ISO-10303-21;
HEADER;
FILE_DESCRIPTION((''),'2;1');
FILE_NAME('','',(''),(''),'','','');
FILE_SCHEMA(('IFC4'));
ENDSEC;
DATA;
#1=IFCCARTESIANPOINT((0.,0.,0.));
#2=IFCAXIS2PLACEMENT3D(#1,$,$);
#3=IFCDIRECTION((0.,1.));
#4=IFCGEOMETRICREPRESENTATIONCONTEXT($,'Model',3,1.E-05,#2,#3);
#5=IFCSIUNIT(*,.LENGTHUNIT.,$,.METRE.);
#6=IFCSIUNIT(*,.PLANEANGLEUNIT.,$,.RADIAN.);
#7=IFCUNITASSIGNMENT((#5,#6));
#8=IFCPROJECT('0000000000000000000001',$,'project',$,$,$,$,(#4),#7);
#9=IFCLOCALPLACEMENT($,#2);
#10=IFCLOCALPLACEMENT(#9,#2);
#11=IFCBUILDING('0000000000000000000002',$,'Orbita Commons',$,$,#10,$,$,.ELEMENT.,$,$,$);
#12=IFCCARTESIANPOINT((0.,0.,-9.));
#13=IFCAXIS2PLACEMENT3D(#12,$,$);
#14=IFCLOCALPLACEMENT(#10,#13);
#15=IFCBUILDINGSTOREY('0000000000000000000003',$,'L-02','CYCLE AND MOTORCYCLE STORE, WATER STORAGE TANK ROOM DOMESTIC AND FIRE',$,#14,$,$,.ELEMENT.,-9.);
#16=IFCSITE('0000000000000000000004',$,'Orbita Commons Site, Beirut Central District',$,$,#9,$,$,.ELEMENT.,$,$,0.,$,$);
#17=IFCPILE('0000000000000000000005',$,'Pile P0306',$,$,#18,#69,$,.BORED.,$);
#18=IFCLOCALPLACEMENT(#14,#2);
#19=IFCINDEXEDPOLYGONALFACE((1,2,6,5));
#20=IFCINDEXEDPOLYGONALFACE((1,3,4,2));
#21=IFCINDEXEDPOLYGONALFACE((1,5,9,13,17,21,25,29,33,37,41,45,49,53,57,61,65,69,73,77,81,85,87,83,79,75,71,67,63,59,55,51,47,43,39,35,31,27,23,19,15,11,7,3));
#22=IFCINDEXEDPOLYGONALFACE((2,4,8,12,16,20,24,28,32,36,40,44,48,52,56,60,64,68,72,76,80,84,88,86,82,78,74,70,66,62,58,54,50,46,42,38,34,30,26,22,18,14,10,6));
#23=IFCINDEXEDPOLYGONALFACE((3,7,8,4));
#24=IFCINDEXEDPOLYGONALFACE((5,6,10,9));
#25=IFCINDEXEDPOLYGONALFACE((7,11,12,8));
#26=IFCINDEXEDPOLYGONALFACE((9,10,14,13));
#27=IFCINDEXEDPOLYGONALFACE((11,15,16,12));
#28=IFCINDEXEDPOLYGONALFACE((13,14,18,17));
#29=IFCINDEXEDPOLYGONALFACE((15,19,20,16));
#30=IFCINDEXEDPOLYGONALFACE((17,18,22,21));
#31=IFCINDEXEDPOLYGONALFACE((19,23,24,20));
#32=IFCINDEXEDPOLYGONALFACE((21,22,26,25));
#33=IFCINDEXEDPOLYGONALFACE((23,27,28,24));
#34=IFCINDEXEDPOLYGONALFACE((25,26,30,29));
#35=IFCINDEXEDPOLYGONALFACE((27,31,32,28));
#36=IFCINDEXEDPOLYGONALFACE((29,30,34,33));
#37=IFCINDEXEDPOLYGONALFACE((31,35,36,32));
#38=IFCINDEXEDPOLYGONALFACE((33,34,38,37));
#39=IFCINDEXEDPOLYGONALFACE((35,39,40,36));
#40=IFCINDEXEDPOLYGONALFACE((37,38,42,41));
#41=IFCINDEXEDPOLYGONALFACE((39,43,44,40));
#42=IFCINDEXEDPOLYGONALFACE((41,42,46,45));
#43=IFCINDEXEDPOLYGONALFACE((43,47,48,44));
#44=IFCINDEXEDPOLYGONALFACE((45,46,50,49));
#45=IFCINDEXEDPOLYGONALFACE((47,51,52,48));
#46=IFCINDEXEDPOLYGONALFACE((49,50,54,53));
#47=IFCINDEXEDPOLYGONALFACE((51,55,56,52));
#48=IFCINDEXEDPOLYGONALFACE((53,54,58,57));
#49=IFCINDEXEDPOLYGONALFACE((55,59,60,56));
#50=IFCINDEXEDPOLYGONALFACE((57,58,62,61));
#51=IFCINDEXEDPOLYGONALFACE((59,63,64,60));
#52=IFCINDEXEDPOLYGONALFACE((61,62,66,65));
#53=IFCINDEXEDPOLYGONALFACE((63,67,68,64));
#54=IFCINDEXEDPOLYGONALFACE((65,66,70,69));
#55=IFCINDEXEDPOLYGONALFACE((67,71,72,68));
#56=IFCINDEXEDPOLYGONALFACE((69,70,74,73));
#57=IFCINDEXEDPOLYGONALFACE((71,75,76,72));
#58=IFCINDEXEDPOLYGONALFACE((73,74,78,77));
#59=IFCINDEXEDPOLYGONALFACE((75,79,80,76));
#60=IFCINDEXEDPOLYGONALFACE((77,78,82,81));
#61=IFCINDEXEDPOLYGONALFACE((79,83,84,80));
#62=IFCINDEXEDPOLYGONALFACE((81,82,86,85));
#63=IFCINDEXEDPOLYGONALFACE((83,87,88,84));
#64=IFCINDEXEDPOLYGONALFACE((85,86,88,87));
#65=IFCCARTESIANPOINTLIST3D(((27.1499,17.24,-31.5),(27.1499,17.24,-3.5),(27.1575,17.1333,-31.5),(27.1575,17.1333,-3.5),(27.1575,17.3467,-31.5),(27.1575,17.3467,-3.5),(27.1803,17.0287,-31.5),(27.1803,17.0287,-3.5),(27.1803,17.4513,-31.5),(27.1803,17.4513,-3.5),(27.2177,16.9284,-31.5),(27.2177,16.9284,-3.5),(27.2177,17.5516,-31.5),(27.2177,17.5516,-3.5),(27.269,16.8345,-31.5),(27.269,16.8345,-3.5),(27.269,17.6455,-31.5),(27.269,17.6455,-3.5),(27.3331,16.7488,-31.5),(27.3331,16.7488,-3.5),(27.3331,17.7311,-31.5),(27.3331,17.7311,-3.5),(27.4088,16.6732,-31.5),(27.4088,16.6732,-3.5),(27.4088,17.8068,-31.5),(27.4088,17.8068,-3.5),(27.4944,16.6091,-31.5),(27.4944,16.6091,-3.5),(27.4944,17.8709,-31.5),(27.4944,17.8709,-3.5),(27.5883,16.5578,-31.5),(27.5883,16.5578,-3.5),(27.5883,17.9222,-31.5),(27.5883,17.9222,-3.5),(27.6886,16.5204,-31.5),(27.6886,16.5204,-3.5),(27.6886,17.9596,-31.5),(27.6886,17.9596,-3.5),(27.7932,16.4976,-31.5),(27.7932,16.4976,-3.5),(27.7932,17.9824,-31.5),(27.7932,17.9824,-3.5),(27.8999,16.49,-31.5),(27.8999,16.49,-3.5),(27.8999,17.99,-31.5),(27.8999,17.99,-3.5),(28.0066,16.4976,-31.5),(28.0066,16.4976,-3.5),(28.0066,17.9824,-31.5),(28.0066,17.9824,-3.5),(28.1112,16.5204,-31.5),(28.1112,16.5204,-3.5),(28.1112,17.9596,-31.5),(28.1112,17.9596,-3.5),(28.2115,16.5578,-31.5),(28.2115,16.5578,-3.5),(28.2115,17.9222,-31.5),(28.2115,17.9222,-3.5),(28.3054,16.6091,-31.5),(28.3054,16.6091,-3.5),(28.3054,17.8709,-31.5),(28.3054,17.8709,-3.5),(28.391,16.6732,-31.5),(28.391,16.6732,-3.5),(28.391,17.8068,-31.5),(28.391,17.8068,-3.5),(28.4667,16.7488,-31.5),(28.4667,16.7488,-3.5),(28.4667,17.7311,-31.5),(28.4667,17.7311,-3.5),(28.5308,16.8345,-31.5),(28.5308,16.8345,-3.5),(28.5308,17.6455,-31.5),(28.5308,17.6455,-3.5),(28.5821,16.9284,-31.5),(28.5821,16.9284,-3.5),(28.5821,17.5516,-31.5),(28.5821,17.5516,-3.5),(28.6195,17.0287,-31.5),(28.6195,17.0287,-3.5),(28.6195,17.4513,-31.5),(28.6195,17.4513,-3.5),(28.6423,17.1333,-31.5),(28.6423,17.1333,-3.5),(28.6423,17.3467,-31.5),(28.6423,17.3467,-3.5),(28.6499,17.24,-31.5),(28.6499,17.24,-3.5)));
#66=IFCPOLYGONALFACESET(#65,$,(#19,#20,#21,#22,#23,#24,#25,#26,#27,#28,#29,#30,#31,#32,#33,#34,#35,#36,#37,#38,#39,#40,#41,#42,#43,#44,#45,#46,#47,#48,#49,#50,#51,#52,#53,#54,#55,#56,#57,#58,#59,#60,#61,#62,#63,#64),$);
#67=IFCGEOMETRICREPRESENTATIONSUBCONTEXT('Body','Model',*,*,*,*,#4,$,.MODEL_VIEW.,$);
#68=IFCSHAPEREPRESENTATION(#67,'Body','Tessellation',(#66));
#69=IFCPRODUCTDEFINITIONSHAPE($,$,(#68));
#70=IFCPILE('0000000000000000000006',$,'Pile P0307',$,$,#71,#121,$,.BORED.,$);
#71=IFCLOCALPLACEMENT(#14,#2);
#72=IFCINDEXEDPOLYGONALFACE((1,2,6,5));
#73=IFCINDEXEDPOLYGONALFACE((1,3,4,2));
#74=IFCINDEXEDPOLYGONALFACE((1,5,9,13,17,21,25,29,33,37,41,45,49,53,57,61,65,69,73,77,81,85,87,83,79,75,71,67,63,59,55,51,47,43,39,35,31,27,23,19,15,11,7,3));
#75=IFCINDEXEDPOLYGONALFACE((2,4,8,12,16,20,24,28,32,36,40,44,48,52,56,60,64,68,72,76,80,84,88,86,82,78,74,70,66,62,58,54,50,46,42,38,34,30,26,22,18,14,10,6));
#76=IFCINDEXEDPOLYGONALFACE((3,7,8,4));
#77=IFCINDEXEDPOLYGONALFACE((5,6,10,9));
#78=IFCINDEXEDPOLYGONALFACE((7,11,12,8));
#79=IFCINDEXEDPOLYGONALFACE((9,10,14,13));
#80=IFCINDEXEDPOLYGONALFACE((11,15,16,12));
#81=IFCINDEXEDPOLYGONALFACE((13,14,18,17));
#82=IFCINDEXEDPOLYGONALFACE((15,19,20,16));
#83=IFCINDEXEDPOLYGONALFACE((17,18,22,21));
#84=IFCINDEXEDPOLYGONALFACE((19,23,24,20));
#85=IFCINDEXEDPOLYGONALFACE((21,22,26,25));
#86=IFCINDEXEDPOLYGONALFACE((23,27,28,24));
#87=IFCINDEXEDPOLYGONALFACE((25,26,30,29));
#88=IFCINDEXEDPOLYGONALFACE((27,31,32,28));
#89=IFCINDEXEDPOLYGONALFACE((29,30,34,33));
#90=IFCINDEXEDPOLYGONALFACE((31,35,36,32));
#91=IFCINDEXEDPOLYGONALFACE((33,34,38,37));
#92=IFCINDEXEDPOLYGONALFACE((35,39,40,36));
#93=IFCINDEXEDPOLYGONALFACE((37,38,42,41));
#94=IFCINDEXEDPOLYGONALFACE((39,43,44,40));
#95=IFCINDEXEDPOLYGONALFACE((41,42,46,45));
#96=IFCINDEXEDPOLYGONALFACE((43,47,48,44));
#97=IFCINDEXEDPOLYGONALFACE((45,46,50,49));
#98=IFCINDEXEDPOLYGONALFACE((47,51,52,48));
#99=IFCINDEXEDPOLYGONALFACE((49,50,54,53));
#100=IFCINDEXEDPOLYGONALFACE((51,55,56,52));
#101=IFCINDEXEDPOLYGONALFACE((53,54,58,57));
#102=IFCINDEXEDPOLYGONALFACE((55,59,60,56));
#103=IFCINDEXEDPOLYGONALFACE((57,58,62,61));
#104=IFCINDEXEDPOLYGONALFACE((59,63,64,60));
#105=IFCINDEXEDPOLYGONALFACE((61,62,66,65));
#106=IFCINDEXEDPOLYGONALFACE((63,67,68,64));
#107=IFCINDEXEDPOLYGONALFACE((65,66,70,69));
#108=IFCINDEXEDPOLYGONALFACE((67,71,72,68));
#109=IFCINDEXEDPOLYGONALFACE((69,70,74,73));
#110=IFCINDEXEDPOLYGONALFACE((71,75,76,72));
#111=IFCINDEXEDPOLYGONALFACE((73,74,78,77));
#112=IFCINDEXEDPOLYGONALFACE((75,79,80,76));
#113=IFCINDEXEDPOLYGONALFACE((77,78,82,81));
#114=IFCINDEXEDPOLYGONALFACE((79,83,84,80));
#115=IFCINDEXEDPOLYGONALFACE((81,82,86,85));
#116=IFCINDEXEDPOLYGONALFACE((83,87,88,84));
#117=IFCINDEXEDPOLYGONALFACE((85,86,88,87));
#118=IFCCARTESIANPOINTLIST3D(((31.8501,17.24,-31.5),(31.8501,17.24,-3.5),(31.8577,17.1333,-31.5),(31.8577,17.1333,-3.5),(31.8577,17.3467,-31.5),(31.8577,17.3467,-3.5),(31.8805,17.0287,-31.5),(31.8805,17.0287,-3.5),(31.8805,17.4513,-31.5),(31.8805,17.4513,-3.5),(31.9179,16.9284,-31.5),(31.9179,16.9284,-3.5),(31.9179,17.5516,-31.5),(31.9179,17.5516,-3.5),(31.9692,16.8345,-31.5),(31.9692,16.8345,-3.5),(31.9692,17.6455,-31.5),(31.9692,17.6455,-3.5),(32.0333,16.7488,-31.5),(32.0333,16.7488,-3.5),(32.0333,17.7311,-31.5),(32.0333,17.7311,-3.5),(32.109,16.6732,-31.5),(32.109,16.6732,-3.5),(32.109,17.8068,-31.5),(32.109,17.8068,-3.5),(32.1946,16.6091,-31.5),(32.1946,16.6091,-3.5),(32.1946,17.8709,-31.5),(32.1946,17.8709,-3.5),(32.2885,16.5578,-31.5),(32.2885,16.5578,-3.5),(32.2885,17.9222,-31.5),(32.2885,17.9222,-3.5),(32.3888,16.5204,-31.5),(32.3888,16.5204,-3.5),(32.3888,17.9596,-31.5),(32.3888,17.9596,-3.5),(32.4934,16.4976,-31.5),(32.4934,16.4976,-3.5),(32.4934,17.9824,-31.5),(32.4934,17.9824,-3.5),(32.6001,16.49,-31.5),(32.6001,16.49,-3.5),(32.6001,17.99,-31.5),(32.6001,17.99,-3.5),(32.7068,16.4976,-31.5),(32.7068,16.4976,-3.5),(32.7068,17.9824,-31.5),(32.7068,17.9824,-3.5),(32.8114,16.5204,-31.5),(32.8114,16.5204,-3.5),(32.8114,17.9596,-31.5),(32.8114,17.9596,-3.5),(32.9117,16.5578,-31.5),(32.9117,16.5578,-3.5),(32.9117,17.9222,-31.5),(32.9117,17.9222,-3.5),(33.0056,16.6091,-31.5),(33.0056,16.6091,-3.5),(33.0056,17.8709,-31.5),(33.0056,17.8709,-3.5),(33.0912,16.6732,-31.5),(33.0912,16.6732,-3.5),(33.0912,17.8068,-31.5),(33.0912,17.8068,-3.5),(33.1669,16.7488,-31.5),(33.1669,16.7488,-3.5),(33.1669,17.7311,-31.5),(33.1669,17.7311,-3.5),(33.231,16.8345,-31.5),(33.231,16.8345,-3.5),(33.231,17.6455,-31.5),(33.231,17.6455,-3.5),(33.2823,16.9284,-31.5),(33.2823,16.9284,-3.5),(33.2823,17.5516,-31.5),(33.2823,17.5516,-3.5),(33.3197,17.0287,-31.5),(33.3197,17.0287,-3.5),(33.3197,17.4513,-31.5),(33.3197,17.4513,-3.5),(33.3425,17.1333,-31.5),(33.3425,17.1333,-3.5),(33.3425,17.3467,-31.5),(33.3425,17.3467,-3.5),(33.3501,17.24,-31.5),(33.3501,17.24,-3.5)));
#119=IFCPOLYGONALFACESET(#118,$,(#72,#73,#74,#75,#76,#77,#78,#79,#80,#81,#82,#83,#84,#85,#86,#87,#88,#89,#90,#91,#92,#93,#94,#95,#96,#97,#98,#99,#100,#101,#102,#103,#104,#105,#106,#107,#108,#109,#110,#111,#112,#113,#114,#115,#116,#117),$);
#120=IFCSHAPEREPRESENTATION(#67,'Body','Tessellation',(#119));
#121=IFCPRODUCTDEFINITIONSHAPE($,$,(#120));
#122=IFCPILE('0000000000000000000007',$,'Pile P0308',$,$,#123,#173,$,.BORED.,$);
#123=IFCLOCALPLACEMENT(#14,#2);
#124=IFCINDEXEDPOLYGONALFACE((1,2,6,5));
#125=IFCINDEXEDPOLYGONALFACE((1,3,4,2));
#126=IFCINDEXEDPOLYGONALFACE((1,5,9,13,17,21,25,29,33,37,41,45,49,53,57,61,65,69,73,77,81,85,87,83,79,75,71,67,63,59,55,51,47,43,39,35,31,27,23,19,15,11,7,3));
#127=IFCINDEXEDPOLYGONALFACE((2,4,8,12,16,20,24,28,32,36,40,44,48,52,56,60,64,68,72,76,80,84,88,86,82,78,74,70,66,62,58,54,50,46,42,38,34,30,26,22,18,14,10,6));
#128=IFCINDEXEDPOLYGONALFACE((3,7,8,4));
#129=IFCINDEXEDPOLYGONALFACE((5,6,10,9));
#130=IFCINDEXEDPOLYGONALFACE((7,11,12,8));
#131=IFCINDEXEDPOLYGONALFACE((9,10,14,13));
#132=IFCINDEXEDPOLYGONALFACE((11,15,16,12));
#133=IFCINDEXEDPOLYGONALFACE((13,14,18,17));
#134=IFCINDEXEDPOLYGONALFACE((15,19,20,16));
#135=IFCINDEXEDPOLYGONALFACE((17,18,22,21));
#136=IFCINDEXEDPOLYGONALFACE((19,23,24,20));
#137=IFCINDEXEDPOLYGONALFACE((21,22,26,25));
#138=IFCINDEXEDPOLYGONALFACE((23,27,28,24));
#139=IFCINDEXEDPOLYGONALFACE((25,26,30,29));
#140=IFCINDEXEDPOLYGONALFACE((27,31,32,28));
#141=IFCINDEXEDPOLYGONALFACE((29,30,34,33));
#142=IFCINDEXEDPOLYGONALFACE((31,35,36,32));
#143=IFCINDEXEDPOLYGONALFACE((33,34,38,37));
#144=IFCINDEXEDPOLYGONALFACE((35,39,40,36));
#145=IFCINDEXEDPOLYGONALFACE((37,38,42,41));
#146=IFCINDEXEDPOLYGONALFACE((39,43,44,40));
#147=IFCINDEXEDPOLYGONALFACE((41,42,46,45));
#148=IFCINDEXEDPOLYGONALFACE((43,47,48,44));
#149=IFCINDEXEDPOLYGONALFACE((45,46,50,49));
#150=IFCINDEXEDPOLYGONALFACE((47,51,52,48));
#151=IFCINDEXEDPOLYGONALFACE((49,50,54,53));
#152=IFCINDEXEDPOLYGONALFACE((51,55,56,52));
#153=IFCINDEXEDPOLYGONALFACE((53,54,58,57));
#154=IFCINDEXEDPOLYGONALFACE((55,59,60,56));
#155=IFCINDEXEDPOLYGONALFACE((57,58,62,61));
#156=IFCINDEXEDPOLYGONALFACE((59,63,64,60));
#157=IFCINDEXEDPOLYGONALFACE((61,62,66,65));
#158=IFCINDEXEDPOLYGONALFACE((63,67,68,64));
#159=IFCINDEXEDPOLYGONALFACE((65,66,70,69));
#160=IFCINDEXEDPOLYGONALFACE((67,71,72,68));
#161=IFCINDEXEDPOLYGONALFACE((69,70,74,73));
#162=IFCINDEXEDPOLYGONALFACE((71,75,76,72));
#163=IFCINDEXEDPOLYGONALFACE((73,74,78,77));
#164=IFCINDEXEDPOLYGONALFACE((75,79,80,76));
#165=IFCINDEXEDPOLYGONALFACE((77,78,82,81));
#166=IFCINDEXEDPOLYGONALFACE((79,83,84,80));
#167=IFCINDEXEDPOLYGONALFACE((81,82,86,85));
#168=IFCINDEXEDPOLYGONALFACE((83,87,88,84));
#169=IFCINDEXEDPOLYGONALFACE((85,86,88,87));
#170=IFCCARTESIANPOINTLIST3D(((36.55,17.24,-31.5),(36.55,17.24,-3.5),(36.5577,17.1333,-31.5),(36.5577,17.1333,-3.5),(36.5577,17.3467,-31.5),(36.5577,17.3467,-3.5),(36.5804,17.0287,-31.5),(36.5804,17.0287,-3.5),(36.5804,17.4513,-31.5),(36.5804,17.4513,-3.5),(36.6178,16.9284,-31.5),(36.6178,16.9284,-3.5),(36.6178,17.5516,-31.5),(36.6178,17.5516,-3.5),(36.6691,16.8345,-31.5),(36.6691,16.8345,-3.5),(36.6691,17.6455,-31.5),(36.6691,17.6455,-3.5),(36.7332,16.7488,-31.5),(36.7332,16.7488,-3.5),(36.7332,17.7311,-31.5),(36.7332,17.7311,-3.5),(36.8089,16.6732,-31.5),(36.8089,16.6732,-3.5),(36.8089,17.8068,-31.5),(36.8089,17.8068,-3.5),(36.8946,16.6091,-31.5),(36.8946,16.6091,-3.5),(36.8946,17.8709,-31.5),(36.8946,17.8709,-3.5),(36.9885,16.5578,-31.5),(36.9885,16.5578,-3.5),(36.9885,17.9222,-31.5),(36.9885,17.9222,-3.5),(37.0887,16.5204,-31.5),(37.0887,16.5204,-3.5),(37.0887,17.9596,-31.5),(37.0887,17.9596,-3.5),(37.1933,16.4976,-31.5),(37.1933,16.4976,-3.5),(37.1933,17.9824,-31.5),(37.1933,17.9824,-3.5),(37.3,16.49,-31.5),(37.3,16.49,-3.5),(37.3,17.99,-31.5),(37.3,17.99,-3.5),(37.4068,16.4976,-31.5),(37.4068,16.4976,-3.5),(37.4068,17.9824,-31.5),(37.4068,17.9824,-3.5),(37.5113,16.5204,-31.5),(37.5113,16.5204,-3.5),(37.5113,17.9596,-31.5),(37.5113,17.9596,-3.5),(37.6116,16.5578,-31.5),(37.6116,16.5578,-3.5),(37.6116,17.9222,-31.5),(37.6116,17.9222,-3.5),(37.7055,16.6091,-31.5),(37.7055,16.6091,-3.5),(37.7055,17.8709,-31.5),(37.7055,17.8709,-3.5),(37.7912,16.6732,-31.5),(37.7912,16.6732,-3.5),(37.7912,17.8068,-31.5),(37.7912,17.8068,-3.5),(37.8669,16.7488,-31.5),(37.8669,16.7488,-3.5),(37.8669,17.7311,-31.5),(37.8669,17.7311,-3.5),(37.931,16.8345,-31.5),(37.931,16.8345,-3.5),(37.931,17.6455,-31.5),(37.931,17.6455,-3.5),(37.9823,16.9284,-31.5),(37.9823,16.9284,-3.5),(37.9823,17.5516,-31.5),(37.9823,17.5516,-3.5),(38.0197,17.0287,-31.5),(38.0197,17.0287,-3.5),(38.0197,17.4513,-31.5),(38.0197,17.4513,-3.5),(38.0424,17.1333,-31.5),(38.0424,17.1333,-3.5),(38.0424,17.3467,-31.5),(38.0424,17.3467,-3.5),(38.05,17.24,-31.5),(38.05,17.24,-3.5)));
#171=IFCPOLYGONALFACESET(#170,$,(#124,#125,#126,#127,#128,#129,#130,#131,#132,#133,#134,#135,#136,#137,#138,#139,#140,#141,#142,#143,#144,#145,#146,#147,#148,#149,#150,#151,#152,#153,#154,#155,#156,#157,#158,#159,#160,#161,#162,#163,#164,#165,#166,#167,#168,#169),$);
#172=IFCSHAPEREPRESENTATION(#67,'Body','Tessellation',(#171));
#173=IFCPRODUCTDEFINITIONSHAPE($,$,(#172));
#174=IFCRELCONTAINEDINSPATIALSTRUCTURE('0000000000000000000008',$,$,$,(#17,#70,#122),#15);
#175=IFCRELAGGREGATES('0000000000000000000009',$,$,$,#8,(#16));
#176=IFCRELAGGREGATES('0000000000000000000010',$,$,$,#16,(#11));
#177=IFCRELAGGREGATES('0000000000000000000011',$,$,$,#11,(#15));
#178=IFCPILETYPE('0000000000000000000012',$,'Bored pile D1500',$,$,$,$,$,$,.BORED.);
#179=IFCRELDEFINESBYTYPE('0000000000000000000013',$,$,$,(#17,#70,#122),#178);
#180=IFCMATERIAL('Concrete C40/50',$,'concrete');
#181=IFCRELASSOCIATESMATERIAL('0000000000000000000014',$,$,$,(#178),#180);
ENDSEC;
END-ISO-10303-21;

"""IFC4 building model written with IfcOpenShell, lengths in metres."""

from ifc_helpers import new_model, si_unit, direction, frame, origin, origin_2d, place, context, subcontext, project, spatial, circle, extrude, material, material_profile, profile_set, type_object, element, save


model = new_model("IFC4")

# Units and contexts
model_context = context("Model", 3, precision=1e-05, world=origin(), true_north=direction((0.0, 1.0)))
body_context = subcontext(model_context, "Body", "Model", "MODEL_VIEW")
ifc_project = project(units=[si_unit("LENGTHUNIT", "METRE"), si_unit("PLANEANGLEUNIT", "RADIAN")], contexts=[model_context])

# Site, building, storey
site_placement = place(None, origin())
site = spatial("IfcSite", under=ifc_project, at=site_placement, Name="Orbita Commons Site, Beirut Central District", CompositionType="ELEMENT", RefElevation=0.0)
building_placement = place(site_placement, origin())
building = spatial("IfcBuilding", under=site, at=building_placement, Name="Orbita Commons", CompositionType="ELEMENT")
storey_placement = place(building_placement, frame((0.0, 0.0, -9.0)))
storey = spatial("IfcBuildingStorey", under=building, at=storey_placement, Name="L-02", Description="CYCLE AND MOTORCYCLE STORE, WATER STORAGE TANK ROOM DOMESTIC AND FIRE", CompositionType="ELEMENT", Elevation=-9.0)

# Piles
ifc_material_1 = material(Name="Concrete C40/50", Category="concrete")
ifc_material_profile = material_profile(ifc_material_1, circle(Radius=0.75, at=origin_2d()), Name="RC D1500")
ifc_profile_set = profile_set([ifc_material_profile], Name="Concrete C40/50")
pile_type = type_object("IfcPileType", Name="Bored pile D1500", PredefinedType="BORED", material=ifc_profile_set)
for number, where, z_axis, x_axis, name in (
    (1, (27.8999, 17.24, -3.5), (0.0, 0.0, -1.0), (1.0, 0.0, 0.0), "Pile P0306"),
    (2, (32.6001, 17.24, -3.5), (0.0, 0.0, -1.0), (1.0, 0.0, 0.0), "Pile P0307"),
    (3, (37.3, 17.24, -3.5), (0.0, 0.0, -1.0), (1.0, 0.0, 0.0), "Pile P0308"),
):
    element("IfcPile", number, at=place(storey_placement, frame(where, z_axis=z_axis, x_axis=x_axis)), inside=storey, type_object=pile_type, Name=name, PredefinedType="BORED", context=body_context, shape_type="SweptSolid", body=[
        extrude(circle(Radius=0.75, at=origin_2d()), origin(), (0.0, 0.0, 1.0), 28.0),
    ])

save(model, "model.ifc")
